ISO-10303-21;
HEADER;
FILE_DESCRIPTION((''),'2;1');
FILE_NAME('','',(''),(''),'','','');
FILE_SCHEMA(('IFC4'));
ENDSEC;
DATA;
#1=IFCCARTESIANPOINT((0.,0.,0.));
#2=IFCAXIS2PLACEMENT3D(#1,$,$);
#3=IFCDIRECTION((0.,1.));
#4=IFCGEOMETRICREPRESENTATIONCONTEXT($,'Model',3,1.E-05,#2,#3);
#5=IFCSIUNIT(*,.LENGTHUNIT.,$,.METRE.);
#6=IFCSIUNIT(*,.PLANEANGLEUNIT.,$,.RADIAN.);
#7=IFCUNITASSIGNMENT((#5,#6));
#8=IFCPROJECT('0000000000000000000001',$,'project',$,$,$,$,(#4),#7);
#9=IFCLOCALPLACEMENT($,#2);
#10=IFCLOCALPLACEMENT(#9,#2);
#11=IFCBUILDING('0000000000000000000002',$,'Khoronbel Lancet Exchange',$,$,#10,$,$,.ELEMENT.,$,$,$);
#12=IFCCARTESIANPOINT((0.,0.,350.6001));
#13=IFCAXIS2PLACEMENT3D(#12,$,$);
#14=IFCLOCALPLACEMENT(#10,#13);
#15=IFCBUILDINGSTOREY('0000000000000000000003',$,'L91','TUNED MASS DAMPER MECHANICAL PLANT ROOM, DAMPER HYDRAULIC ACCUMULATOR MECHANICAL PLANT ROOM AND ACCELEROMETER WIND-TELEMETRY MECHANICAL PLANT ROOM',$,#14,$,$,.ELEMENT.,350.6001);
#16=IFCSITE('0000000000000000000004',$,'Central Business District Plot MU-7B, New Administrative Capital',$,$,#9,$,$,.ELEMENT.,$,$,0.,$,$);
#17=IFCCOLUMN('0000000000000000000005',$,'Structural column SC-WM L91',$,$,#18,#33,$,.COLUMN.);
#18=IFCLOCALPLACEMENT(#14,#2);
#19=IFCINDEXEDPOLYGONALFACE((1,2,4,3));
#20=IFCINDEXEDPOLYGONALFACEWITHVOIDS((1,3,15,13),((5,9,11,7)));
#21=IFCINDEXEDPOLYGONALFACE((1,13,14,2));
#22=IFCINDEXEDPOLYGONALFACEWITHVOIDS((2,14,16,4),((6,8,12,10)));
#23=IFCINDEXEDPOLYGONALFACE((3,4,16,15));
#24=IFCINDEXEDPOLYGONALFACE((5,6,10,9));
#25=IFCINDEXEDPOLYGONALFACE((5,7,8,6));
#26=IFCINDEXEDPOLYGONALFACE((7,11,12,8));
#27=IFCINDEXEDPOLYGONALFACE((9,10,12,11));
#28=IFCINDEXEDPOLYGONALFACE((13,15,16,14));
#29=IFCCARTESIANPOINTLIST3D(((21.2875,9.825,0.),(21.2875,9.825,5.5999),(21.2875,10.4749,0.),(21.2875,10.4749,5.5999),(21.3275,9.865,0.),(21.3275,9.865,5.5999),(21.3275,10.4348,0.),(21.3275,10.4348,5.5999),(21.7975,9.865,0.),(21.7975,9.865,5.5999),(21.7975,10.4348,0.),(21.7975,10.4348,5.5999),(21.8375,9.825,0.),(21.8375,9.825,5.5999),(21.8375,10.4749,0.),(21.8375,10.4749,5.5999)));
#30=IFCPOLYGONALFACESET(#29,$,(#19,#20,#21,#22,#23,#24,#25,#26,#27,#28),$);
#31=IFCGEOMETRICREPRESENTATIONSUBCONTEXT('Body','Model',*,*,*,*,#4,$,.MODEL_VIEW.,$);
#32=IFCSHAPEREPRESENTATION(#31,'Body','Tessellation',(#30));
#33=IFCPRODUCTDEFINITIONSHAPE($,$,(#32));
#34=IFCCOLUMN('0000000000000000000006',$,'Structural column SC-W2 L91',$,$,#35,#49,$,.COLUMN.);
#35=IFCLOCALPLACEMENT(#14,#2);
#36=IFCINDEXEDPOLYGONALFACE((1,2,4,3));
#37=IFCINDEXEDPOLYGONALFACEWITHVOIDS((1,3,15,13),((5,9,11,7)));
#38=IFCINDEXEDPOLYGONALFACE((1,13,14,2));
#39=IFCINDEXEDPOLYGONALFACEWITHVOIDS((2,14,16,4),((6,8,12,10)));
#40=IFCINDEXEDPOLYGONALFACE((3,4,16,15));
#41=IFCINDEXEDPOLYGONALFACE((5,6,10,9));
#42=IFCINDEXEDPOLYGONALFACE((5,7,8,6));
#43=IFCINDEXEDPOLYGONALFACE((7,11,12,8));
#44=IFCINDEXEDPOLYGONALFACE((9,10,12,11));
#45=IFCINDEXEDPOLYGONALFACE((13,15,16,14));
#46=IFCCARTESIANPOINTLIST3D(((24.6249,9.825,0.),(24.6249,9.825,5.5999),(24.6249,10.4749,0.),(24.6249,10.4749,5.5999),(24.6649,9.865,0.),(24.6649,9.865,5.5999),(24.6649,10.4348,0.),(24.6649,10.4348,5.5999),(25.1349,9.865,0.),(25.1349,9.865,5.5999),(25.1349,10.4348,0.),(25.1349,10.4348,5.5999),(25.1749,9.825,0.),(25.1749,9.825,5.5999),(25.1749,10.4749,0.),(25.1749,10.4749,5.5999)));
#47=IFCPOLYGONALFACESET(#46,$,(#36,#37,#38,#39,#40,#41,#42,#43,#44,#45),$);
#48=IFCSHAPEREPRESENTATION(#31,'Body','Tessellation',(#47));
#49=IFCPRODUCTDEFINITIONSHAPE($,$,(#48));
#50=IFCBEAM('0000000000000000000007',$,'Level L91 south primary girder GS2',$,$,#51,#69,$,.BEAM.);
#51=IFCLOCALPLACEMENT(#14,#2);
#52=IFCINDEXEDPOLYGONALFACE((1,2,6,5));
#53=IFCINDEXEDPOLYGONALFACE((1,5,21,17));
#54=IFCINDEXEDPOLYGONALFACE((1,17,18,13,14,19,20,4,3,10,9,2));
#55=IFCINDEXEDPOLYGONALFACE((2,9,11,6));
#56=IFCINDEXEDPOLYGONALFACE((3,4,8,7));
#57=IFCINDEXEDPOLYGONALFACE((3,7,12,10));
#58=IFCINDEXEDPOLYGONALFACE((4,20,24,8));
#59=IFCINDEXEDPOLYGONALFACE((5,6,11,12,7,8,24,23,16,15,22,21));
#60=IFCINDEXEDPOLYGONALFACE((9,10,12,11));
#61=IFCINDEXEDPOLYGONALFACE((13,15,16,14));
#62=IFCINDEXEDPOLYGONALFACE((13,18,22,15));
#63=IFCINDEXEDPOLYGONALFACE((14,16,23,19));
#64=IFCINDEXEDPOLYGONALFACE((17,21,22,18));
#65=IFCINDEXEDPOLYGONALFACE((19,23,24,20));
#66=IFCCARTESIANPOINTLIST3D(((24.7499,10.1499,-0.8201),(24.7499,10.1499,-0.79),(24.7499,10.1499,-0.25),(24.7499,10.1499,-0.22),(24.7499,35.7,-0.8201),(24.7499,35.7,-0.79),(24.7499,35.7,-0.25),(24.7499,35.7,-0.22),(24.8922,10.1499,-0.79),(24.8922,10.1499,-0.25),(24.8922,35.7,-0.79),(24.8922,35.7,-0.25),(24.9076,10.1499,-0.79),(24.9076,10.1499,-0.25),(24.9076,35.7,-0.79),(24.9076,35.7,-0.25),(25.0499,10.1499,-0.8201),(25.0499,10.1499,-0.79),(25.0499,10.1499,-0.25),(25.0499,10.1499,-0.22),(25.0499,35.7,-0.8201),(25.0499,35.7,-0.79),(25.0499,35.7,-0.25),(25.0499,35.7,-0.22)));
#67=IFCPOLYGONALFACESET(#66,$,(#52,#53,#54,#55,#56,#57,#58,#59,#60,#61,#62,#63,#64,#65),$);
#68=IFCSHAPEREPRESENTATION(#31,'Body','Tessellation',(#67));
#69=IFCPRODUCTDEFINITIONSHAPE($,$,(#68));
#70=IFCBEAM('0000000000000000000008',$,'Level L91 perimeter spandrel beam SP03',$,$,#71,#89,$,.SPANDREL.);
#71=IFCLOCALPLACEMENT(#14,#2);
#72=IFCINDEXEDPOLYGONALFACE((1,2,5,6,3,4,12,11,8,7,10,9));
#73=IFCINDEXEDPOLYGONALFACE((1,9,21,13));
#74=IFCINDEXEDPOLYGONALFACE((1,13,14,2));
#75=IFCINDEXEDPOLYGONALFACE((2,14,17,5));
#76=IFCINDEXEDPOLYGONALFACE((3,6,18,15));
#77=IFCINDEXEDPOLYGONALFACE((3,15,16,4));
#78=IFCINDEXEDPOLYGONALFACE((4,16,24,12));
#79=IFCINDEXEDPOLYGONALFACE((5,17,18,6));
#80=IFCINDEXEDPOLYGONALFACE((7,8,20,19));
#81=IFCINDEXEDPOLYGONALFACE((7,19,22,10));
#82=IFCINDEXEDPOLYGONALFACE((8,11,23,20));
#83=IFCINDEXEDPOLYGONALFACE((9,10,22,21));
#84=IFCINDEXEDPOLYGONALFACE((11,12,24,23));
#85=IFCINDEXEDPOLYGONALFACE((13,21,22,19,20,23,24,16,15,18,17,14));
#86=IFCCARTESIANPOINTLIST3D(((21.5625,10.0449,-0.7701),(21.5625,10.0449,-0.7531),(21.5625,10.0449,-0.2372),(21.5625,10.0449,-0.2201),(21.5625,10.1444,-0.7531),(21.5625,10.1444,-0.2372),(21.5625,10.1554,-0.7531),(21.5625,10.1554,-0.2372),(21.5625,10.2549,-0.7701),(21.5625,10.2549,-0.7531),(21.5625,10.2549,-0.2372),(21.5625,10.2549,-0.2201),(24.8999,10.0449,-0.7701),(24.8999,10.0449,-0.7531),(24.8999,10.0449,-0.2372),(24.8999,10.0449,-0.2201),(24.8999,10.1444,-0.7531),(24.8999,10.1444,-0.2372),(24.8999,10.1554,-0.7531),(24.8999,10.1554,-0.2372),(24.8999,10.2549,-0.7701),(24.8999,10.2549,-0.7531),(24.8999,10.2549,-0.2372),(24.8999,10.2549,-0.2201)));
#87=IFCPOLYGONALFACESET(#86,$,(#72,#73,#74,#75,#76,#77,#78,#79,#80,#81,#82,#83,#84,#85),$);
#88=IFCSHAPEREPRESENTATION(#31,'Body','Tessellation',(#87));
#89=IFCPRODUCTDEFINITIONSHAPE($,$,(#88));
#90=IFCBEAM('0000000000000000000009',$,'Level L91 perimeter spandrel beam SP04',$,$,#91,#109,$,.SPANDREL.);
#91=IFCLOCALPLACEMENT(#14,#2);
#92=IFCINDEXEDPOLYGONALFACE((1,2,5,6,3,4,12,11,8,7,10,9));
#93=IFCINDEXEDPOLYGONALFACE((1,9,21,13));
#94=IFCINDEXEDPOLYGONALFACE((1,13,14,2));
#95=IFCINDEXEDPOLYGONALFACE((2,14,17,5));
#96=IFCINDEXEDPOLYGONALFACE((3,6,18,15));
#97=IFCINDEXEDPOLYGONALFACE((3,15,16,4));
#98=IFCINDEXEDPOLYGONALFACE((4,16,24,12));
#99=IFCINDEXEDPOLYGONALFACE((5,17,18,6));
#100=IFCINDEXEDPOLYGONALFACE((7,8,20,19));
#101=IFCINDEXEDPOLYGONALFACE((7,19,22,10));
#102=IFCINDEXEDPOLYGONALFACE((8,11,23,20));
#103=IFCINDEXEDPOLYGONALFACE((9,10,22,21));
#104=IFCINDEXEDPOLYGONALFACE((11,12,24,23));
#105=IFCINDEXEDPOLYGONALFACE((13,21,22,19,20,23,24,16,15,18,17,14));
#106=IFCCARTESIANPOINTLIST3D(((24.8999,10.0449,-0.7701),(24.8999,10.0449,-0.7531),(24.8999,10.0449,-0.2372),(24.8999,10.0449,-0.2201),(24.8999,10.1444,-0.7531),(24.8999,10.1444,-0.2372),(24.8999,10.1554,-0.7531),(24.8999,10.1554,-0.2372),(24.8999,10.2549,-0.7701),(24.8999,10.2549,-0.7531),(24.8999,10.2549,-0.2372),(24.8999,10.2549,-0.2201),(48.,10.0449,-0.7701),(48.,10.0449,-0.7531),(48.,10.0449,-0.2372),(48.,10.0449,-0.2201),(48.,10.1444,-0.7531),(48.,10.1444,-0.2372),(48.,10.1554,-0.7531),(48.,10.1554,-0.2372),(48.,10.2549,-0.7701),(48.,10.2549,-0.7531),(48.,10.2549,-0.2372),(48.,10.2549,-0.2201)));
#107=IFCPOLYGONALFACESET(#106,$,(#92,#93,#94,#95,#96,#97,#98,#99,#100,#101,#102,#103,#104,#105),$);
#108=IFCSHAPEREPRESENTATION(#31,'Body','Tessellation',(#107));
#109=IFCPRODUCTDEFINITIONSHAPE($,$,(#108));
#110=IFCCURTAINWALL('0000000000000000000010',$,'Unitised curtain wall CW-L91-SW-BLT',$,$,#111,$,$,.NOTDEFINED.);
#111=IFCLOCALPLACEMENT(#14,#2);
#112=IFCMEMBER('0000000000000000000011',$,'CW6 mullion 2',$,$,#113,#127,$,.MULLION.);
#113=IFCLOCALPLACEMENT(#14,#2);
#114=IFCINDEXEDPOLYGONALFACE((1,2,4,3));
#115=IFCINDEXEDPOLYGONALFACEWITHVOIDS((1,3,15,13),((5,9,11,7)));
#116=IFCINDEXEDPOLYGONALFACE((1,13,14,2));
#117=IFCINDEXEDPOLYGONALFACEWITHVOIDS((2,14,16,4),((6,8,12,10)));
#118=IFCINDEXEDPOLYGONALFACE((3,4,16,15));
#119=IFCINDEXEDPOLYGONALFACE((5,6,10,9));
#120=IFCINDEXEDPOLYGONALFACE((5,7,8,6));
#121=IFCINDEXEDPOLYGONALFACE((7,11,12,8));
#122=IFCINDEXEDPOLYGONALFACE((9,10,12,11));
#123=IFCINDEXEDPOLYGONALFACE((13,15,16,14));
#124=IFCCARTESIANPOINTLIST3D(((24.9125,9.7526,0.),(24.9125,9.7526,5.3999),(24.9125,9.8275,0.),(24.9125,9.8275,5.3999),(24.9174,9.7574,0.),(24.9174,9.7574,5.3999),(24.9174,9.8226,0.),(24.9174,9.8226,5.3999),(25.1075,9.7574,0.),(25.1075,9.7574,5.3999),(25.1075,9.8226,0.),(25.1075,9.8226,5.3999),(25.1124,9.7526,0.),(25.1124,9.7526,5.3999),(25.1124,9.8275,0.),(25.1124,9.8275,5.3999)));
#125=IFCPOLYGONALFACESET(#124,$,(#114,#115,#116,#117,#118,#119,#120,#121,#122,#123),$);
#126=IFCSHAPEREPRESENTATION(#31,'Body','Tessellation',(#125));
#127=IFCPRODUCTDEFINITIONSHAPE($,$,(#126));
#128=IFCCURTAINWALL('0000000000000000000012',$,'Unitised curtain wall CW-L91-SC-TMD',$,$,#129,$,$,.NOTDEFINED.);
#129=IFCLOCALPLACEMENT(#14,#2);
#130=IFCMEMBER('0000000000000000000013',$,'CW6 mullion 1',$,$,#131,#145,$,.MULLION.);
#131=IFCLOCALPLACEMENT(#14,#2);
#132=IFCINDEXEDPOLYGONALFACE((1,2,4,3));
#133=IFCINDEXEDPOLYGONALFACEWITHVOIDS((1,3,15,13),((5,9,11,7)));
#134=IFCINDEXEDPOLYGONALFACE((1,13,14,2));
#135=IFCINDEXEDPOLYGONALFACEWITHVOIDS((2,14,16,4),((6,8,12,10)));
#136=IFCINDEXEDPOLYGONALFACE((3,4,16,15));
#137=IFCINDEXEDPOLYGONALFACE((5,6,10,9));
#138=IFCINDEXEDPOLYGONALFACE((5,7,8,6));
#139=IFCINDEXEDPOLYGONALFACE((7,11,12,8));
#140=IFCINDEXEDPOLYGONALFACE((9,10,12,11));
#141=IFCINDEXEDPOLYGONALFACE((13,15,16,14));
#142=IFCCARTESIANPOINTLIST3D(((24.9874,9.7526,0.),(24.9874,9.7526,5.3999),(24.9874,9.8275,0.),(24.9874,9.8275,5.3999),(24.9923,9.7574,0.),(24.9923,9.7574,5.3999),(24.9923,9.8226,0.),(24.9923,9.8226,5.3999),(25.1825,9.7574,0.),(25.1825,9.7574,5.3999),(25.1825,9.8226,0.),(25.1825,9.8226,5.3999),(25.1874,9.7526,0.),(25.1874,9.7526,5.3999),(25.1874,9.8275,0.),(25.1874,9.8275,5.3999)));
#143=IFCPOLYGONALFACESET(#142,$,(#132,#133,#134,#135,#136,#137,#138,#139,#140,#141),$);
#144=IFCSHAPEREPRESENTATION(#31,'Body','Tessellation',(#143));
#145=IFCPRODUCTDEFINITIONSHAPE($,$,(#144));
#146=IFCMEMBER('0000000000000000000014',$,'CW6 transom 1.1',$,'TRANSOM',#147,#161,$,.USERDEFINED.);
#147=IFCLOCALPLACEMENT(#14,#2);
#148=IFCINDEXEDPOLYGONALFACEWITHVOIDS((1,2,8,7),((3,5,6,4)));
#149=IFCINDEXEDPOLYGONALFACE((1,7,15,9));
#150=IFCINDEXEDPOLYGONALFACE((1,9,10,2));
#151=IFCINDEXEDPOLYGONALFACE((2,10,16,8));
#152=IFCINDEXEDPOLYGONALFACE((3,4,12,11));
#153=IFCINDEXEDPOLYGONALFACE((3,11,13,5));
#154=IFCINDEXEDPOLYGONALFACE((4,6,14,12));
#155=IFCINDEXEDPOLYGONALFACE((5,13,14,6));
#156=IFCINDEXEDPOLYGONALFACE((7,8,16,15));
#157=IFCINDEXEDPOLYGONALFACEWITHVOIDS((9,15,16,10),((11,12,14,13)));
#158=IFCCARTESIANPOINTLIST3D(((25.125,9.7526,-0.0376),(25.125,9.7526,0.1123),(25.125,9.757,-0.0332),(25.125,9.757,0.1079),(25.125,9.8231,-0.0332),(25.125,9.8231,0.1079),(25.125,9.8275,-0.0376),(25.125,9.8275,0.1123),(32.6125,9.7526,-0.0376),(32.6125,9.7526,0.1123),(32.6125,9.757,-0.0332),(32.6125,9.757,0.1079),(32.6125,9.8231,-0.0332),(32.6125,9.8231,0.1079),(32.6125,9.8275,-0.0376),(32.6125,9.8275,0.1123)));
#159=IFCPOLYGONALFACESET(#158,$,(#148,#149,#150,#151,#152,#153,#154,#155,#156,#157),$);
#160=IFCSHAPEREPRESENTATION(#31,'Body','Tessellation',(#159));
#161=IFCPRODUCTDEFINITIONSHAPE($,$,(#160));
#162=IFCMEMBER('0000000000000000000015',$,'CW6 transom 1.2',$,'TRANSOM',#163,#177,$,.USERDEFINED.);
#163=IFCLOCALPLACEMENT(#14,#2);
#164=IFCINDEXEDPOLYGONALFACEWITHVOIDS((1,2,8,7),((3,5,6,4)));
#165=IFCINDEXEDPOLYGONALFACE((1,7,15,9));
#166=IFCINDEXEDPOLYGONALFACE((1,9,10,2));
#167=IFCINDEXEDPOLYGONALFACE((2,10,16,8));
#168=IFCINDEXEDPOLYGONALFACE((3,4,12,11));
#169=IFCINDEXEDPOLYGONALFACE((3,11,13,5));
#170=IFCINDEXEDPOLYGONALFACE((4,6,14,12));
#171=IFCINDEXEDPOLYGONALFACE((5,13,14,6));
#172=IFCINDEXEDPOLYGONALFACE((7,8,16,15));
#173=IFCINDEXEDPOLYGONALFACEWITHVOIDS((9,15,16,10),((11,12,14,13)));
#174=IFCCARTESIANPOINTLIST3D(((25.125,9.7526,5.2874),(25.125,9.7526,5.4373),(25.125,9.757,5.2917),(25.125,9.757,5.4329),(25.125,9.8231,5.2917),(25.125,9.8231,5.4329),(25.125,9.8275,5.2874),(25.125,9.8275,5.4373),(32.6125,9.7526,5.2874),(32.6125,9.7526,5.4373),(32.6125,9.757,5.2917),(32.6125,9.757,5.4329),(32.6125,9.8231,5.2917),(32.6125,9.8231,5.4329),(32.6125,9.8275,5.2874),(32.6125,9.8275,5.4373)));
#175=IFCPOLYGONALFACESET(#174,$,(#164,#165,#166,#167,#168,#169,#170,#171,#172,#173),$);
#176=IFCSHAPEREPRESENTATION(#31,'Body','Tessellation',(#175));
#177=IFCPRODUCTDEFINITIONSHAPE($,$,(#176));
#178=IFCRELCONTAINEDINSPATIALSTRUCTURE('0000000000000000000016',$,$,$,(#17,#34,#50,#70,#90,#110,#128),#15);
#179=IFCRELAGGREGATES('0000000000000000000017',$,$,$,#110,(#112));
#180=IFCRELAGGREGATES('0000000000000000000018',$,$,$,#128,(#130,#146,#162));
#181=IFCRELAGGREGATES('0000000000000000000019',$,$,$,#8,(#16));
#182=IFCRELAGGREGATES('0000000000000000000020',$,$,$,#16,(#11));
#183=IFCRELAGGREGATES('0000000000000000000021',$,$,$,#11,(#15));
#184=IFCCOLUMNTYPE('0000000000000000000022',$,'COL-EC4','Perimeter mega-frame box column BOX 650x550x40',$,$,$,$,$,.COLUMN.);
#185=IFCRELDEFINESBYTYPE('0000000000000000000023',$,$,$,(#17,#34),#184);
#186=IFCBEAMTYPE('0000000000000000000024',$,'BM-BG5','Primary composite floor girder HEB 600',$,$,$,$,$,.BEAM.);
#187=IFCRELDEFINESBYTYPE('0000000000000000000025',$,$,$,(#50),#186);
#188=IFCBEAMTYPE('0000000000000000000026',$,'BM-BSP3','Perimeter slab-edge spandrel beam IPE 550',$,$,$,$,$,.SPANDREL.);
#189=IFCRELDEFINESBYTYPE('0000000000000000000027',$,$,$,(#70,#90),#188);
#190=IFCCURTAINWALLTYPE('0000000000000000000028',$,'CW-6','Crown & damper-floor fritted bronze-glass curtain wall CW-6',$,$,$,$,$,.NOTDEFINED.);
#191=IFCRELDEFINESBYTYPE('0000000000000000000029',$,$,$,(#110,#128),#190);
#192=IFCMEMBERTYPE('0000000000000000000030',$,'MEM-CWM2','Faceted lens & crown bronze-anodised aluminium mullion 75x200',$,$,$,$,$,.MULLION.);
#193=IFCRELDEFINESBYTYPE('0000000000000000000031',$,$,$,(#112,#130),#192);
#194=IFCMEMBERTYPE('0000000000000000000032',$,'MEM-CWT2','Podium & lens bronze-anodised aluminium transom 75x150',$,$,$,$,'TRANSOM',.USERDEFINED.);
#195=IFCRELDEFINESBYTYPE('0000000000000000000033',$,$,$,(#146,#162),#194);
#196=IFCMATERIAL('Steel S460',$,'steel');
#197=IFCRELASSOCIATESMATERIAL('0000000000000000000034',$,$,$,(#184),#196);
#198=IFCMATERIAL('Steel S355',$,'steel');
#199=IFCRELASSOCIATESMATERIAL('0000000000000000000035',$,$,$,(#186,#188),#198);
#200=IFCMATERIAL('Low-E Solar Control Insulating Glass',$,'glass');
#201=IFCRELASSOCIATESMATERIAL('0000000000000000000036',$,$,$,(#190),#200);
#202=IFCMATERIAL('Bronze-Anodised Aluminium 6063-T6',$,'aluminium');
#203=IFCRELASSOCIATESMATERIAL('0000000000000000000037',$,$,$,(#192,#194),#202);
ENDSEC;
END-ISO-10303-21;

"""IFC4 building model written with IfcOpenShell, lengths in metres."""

from ifc_helpers import new_model, si_unit, direction, frame, origin, origin_2d, place, context, subcontext, project, spatial, hollow_rectangle, i_section, extrude, material, material_profile, profile_set, type_object, element, aggregate, save


model = new_model("IFC4")

# Units and contexts
model_context = context("Model", 3, precision=1e-05, world=origin(), true_north=direction((0.0, 1.0)))
body_context = subcontext(model_context, "Body", "Model", "MODEL_VIEW")
ifc_project = project(units=[si_unit("LENGTHUNIT", "METRE"), si_unit("PLANEANGLEUNIT", "RADIAN")], contexts=[model_context])

# Site, building, storey
site_placement = place(None, origin())
site = spatial("IfcSite", under=ifc_project, at=site_placement, Name="Central Business District Plot MU-7B, New Administrative Capital", CompositionType="ELEMENT", RefElevation=0.0)
building_placement = place(site_placement, origin())
building = spatial("IfcBuilding", under=site, at=building_placement, Name="Khoronbel Lancet Exchange", CompositionType="ELEMENT")
storey_placement = place(building_placement, frame((0.0, 0.0, 350.6001)))
storey = spatial("IfcBuildingStorey", under=building, at=storey_placement, Name="L91", Description="TUNED MASS DAMPER MECHANICAL PLANT ROOM, DAMPER HYDRAULIC ACCUMULATOR MECHANICAL PLANT ROOM AND ACCELEROMETER WIND-TELEMETRY MECHANICAL PLANT ROOM", CompositionType="ELEMENT", Elevation=350.6001)

# Columns
ifc_material_1 = material(Name="Steel S460", Category="steel")
ifc_material_profile_1 = material_profile(ifc_material_1, hollow_rectangle(XDim=0.55, YDim=0.6499, WallThickness=0.04, at=origin_2d()), Name="BOX 650x550x40")
ifc_profile_set_1 = profile_set([ifc_material_profile_1], Name="Steel S460")
column_type = type_object("IfcColumnType", Name="COL-EC4", Description="Perimeter mega-frame box column BOX 650x550x40", PredefinedType="COLUMN", material=ifc_profile_set_1)
for number, where, z_axis, x_axis, name in (
    (1, (21.5625, 10.1499, 0.0), (0.0, 0.0, 1.0), (1.0, 0.0, 0.0), "Structural column SC-WM L91"),
    (2, (24.8999, 10.1499, 0.0), (0.0, 0.0, 1.0), (1.0, 0.0, 0.0), "Structural column SC-W2 L91"),
):
    element("IfcColumn", number, at=place(storey_placement, frame(where, z_axis=z_axis, x_axis=x_axis)), inside=storey, type_object=column_type, Name=name, PredefinedType="COLUMN", context=body_context, shape_type="SweptSolid", body=[
        extrude(hollow_rectangle(XDim=0.55, YDim=0.6499, WallThickness=0.04, at=origin_2d()), origin(), (0.0, 0.0, 1.0), 5.5999),
    ])

# Beams
ifc_material_2 = material(Name="Steel S355", Category="steel")
ifc_material_profile_2 = material_profile(ifc_material_2, i_section(OverallWidth=0.3, OverallDepth=0.6001, WebThickness=0.0154, FlangeThickness=0.03, at=origin_2d()), Name="HEB 600")
ifc_profile_set_2 = profile_set([ifc_material_profile_2], Name="Steel S355")
beam_type_1 = type_object("IfcBeamType", Name="BM-BG5", Description="Primary composite floor girder HEB 600", PredefinedType="BEAM", material=ifc_profile_set_2)
beam_1_placement = place(storey_placement, frame((24.8999, 10.1499, -0.52), z_axis=(0.0, 1.0, 0.0), x_axis=(-1.0, 0.0, 0.0)))
element("IfcBeam", 3, at=beam_1_placement, inside=storey, type_object=beam_type_1, Name="Level L91 south primary girder GS2", PredefinedType="BEAM", context=body_context, shape_type="SweptSolid", body=[
    extrude(i_section(OverallWidth=0.3, OverallDepth=0.6001, WebThickness=0.0154, FlangeThickness=0.03, at=origin_2d()), origin(), (0.0, 0.0, 1.0), 25.55),
])
ifc_material_profile_3 = material_profile(ifc_material_2, i_section(OverallWidth=0.21, OverallDepth=0.55, WebThickness=0.011, FlangeThickness=0.0171, at=origin_2d()), Name="IPE 550")
ifc_profile_set_3 = profile_set([ifc_material_profile_3], Name="Steel S355")
beam_type_2 = type_object("IfcBeamType", Name="BM-BSP3", Description="Perimeter slab-edge spandrel beam IPE 550", PredefinedType="SPANDREL", material=ifc_profile_set_3)
beam_2_placement = place(storey_placement, frame((21.5625, 10.1499, -0.4951), z_axis=(1.0, 0.0, 0.0), x_axis=(0.0, 1.0, 0.0)))
element("IfcBeam", 4, at=beam_2_placement, inside=storey, type_object=beam_type_2, Name="Level L91 perimeter spandrel beam SP03", PredefinedType="SPANDREL", context=body_context, shape_type="SweptSolid", body=[
    extrude(i_section(OverallWidth=0.21, OverallDepth=0.55, WebThickness=0.011, FlangeThickness=0.0171, at=origin_2d()), origin(), (0.0, 0.0, 1.0), 3.3374),
])
beam_3_placement = place(storey_placement, frame((24.8999, 10.1499, -0.4951), z_axis=(1.0, 0.0, 0.0), x_axis=(0.0, 1.0, 0.0)))
element("IfcBeam", 5, at=beam_3_placement, inside=storey, type_object=beam_type_2, Name="Level L91 perimeter spandrel beam SP04", PredefinedType="SPANDREL", context=body_context, shape_type="SweptSolid", body=[
    extrude(i_section(OverallWidth=0.21, OverallDepth=0.55, WebThickness=0.011, FlangeThickness=0.0171, at=origin_2d()), origin(), (0.0, 0.0, 1.0), 23.1001),
])

# Curtain wall, member
ifc_material_3 = material(Name="Low-E Solar Control Insulating Glass", Category="glass")
curtain_wall_type = type_object("IfcCurtainWallType", Name="CW-6", Description="Crown & damper-floor fritted bronze-glass curtain wall CW-6", PredefinedType="NOTDEFINED", material=ifc_material_3)
curtain_wall_1_placement = place(storey_placement, origin())
curtain_wall_1 = element("IfcCurtainWall", 6, at=curtain_wall_1_placement, inside=storey, type_object=curtain_wall_type, Name="Unitised curtain wall CW-L91-SW-BLT", PredefinedType="NOTDEFINED")
ifc_material_4 = material(Name="Bronze-Anodised Aluminium 6063-T6", Category="aluminium")
ifc_material_profile_4 = material_profile(ifc_material_4, hollow_rectangle(XDim=0.075, YDim=0.2, WallThickness=0.0049, at=origin_2d()), Name="ALU MULLION 75x200")
ifc_profile_set_4 = profile_set([ifc_material_profile_4], Name="Bronze-Anodised Aluminium 6063-T6")
member_type_1 = type_object("IfcMemberType", Name="MEM-CWM2", Description="Faceted lens & crown bronze-anodised aluminium mullion 75x200", PredefinedType="MULLION", material=ifc_profile_set_4)
member_1_placement = place(storey_placement, frame((25.0125, 9.79, 0.0), z_axis=(0.0, 0.0, 1.0), x_axis=(0.0, 1.0, 0.0)))
member_1 = element("IfcMember", 7, at=member_1_placement, type_object=member_type_1, Name="CW6 mullion 2", PredefinedType="MULLION", context=body_context, shape_type="SweptSolid", body=[
    extrude(hollow_rectangle(XDim=0.075, YDim=0.2, WallThickness=0.0049, at=origin_2d()), origin(), (0.0, 0.0, 1.0), 5.3999),
])

# Curtain wall, members
curtain_wall_2_placement = place(storey_placement, origin())
curtain_wall_2 = element("IfcCurtainWall", 8, at=curtain_wall_2_placement, inside=storey, type_object=curtain_wall_type, Name="Unitised curtain wall CW-L91-SC-TMD", PredefinedType="NOTDEFINED")
member_2_placement = place(storey_placement, frame((25.0874, 9.79, 0.0), z_axis=(0.0, 0.0, 1.0), x_axis=(0.0, 1.0, 0.0)))
member_2 = element("IfcMember", 9, at=member_2_placement, type_object=member_type_1, Name="CW6 mullion 1", PredefinedType="MULLION", context=body_context, shape_type="SweptSolid", body=[
    extrude(hollow_rectangle(XDim=0.075, YDim=0.2, WallThickness=0.0049, at=origin_2d()), origin(), (0.0, 0.0, 1.0), 5.3999),
])
ifc_material_profile_5 = material_profile(ifc_material_4, hollow_rectangle(XDim=0.075, YDim=0.1499, WallThickness=0.0044, at=origin_2d()), Name="ALU TRANSOM 75x150")
ifc_profile_set_5 = profile_set([ifc_material_profile_5], Name="Bronze-Anodised Aluminium 6063-T6")
member_type_2 = type_object("IfcMemberType", Name="MEM-CWT2", Description="Podium & lens bronze-anodised aluminium transom 75x150", ElementType="TRANSOM", PredefinedType="USERDEFINED", material=ifc_profile_set_5)
member_3_placement = place(storey_placement, frame((25.125, 9.79, 0.0374), z_axis=(1.0, 0.0, 0.0), x_axis=(0.0, 1.0, 0.0)))
member_3 = element("IfcMember", 10, at=member_3_placement, type_object=member_type_2, Name="CW6 transom 1.1", ObjectType="TRANSOM", PredefinedType="USERDEFINED", context=body_context, shape_type="SweptSolid", body=[
    extrude(hollow_rectangle(XDim=0.075, YDim=0.1499, WallThickness=0.0044, at=origin_2d()), origin(), (0.0, 0.0, 1.0), 7.4875),
])
member_4_placement = place(storey_placement, frame((25.125, 9.79, 5.3623), z_axis=(1.0, 0.0, 0.0), x_axis=(0.0, 1.0, 0.0)))
member_4 = element("IfcMember", 11, at=member_4_placement, type_object=member_type_2, Name="CW6 transom 1.2", ObjectType="TRANSOM", PredefinedType="USERDEFINED", context=body_context, shape_type="SweptSolid", body=[
    extrude(hollow_rectangle(XDim=0.075, YDim=0.1499, WallThickness=0.0044, at=origin_2d()), origin(), (0.0, 0.0, 1.0), 7.4875),
])

aggregate(curtain_wall_1, [member_1])
aggregate(curtain_wall_2, [member_2, member_3, member_4])

save(model, "model.ifc")
